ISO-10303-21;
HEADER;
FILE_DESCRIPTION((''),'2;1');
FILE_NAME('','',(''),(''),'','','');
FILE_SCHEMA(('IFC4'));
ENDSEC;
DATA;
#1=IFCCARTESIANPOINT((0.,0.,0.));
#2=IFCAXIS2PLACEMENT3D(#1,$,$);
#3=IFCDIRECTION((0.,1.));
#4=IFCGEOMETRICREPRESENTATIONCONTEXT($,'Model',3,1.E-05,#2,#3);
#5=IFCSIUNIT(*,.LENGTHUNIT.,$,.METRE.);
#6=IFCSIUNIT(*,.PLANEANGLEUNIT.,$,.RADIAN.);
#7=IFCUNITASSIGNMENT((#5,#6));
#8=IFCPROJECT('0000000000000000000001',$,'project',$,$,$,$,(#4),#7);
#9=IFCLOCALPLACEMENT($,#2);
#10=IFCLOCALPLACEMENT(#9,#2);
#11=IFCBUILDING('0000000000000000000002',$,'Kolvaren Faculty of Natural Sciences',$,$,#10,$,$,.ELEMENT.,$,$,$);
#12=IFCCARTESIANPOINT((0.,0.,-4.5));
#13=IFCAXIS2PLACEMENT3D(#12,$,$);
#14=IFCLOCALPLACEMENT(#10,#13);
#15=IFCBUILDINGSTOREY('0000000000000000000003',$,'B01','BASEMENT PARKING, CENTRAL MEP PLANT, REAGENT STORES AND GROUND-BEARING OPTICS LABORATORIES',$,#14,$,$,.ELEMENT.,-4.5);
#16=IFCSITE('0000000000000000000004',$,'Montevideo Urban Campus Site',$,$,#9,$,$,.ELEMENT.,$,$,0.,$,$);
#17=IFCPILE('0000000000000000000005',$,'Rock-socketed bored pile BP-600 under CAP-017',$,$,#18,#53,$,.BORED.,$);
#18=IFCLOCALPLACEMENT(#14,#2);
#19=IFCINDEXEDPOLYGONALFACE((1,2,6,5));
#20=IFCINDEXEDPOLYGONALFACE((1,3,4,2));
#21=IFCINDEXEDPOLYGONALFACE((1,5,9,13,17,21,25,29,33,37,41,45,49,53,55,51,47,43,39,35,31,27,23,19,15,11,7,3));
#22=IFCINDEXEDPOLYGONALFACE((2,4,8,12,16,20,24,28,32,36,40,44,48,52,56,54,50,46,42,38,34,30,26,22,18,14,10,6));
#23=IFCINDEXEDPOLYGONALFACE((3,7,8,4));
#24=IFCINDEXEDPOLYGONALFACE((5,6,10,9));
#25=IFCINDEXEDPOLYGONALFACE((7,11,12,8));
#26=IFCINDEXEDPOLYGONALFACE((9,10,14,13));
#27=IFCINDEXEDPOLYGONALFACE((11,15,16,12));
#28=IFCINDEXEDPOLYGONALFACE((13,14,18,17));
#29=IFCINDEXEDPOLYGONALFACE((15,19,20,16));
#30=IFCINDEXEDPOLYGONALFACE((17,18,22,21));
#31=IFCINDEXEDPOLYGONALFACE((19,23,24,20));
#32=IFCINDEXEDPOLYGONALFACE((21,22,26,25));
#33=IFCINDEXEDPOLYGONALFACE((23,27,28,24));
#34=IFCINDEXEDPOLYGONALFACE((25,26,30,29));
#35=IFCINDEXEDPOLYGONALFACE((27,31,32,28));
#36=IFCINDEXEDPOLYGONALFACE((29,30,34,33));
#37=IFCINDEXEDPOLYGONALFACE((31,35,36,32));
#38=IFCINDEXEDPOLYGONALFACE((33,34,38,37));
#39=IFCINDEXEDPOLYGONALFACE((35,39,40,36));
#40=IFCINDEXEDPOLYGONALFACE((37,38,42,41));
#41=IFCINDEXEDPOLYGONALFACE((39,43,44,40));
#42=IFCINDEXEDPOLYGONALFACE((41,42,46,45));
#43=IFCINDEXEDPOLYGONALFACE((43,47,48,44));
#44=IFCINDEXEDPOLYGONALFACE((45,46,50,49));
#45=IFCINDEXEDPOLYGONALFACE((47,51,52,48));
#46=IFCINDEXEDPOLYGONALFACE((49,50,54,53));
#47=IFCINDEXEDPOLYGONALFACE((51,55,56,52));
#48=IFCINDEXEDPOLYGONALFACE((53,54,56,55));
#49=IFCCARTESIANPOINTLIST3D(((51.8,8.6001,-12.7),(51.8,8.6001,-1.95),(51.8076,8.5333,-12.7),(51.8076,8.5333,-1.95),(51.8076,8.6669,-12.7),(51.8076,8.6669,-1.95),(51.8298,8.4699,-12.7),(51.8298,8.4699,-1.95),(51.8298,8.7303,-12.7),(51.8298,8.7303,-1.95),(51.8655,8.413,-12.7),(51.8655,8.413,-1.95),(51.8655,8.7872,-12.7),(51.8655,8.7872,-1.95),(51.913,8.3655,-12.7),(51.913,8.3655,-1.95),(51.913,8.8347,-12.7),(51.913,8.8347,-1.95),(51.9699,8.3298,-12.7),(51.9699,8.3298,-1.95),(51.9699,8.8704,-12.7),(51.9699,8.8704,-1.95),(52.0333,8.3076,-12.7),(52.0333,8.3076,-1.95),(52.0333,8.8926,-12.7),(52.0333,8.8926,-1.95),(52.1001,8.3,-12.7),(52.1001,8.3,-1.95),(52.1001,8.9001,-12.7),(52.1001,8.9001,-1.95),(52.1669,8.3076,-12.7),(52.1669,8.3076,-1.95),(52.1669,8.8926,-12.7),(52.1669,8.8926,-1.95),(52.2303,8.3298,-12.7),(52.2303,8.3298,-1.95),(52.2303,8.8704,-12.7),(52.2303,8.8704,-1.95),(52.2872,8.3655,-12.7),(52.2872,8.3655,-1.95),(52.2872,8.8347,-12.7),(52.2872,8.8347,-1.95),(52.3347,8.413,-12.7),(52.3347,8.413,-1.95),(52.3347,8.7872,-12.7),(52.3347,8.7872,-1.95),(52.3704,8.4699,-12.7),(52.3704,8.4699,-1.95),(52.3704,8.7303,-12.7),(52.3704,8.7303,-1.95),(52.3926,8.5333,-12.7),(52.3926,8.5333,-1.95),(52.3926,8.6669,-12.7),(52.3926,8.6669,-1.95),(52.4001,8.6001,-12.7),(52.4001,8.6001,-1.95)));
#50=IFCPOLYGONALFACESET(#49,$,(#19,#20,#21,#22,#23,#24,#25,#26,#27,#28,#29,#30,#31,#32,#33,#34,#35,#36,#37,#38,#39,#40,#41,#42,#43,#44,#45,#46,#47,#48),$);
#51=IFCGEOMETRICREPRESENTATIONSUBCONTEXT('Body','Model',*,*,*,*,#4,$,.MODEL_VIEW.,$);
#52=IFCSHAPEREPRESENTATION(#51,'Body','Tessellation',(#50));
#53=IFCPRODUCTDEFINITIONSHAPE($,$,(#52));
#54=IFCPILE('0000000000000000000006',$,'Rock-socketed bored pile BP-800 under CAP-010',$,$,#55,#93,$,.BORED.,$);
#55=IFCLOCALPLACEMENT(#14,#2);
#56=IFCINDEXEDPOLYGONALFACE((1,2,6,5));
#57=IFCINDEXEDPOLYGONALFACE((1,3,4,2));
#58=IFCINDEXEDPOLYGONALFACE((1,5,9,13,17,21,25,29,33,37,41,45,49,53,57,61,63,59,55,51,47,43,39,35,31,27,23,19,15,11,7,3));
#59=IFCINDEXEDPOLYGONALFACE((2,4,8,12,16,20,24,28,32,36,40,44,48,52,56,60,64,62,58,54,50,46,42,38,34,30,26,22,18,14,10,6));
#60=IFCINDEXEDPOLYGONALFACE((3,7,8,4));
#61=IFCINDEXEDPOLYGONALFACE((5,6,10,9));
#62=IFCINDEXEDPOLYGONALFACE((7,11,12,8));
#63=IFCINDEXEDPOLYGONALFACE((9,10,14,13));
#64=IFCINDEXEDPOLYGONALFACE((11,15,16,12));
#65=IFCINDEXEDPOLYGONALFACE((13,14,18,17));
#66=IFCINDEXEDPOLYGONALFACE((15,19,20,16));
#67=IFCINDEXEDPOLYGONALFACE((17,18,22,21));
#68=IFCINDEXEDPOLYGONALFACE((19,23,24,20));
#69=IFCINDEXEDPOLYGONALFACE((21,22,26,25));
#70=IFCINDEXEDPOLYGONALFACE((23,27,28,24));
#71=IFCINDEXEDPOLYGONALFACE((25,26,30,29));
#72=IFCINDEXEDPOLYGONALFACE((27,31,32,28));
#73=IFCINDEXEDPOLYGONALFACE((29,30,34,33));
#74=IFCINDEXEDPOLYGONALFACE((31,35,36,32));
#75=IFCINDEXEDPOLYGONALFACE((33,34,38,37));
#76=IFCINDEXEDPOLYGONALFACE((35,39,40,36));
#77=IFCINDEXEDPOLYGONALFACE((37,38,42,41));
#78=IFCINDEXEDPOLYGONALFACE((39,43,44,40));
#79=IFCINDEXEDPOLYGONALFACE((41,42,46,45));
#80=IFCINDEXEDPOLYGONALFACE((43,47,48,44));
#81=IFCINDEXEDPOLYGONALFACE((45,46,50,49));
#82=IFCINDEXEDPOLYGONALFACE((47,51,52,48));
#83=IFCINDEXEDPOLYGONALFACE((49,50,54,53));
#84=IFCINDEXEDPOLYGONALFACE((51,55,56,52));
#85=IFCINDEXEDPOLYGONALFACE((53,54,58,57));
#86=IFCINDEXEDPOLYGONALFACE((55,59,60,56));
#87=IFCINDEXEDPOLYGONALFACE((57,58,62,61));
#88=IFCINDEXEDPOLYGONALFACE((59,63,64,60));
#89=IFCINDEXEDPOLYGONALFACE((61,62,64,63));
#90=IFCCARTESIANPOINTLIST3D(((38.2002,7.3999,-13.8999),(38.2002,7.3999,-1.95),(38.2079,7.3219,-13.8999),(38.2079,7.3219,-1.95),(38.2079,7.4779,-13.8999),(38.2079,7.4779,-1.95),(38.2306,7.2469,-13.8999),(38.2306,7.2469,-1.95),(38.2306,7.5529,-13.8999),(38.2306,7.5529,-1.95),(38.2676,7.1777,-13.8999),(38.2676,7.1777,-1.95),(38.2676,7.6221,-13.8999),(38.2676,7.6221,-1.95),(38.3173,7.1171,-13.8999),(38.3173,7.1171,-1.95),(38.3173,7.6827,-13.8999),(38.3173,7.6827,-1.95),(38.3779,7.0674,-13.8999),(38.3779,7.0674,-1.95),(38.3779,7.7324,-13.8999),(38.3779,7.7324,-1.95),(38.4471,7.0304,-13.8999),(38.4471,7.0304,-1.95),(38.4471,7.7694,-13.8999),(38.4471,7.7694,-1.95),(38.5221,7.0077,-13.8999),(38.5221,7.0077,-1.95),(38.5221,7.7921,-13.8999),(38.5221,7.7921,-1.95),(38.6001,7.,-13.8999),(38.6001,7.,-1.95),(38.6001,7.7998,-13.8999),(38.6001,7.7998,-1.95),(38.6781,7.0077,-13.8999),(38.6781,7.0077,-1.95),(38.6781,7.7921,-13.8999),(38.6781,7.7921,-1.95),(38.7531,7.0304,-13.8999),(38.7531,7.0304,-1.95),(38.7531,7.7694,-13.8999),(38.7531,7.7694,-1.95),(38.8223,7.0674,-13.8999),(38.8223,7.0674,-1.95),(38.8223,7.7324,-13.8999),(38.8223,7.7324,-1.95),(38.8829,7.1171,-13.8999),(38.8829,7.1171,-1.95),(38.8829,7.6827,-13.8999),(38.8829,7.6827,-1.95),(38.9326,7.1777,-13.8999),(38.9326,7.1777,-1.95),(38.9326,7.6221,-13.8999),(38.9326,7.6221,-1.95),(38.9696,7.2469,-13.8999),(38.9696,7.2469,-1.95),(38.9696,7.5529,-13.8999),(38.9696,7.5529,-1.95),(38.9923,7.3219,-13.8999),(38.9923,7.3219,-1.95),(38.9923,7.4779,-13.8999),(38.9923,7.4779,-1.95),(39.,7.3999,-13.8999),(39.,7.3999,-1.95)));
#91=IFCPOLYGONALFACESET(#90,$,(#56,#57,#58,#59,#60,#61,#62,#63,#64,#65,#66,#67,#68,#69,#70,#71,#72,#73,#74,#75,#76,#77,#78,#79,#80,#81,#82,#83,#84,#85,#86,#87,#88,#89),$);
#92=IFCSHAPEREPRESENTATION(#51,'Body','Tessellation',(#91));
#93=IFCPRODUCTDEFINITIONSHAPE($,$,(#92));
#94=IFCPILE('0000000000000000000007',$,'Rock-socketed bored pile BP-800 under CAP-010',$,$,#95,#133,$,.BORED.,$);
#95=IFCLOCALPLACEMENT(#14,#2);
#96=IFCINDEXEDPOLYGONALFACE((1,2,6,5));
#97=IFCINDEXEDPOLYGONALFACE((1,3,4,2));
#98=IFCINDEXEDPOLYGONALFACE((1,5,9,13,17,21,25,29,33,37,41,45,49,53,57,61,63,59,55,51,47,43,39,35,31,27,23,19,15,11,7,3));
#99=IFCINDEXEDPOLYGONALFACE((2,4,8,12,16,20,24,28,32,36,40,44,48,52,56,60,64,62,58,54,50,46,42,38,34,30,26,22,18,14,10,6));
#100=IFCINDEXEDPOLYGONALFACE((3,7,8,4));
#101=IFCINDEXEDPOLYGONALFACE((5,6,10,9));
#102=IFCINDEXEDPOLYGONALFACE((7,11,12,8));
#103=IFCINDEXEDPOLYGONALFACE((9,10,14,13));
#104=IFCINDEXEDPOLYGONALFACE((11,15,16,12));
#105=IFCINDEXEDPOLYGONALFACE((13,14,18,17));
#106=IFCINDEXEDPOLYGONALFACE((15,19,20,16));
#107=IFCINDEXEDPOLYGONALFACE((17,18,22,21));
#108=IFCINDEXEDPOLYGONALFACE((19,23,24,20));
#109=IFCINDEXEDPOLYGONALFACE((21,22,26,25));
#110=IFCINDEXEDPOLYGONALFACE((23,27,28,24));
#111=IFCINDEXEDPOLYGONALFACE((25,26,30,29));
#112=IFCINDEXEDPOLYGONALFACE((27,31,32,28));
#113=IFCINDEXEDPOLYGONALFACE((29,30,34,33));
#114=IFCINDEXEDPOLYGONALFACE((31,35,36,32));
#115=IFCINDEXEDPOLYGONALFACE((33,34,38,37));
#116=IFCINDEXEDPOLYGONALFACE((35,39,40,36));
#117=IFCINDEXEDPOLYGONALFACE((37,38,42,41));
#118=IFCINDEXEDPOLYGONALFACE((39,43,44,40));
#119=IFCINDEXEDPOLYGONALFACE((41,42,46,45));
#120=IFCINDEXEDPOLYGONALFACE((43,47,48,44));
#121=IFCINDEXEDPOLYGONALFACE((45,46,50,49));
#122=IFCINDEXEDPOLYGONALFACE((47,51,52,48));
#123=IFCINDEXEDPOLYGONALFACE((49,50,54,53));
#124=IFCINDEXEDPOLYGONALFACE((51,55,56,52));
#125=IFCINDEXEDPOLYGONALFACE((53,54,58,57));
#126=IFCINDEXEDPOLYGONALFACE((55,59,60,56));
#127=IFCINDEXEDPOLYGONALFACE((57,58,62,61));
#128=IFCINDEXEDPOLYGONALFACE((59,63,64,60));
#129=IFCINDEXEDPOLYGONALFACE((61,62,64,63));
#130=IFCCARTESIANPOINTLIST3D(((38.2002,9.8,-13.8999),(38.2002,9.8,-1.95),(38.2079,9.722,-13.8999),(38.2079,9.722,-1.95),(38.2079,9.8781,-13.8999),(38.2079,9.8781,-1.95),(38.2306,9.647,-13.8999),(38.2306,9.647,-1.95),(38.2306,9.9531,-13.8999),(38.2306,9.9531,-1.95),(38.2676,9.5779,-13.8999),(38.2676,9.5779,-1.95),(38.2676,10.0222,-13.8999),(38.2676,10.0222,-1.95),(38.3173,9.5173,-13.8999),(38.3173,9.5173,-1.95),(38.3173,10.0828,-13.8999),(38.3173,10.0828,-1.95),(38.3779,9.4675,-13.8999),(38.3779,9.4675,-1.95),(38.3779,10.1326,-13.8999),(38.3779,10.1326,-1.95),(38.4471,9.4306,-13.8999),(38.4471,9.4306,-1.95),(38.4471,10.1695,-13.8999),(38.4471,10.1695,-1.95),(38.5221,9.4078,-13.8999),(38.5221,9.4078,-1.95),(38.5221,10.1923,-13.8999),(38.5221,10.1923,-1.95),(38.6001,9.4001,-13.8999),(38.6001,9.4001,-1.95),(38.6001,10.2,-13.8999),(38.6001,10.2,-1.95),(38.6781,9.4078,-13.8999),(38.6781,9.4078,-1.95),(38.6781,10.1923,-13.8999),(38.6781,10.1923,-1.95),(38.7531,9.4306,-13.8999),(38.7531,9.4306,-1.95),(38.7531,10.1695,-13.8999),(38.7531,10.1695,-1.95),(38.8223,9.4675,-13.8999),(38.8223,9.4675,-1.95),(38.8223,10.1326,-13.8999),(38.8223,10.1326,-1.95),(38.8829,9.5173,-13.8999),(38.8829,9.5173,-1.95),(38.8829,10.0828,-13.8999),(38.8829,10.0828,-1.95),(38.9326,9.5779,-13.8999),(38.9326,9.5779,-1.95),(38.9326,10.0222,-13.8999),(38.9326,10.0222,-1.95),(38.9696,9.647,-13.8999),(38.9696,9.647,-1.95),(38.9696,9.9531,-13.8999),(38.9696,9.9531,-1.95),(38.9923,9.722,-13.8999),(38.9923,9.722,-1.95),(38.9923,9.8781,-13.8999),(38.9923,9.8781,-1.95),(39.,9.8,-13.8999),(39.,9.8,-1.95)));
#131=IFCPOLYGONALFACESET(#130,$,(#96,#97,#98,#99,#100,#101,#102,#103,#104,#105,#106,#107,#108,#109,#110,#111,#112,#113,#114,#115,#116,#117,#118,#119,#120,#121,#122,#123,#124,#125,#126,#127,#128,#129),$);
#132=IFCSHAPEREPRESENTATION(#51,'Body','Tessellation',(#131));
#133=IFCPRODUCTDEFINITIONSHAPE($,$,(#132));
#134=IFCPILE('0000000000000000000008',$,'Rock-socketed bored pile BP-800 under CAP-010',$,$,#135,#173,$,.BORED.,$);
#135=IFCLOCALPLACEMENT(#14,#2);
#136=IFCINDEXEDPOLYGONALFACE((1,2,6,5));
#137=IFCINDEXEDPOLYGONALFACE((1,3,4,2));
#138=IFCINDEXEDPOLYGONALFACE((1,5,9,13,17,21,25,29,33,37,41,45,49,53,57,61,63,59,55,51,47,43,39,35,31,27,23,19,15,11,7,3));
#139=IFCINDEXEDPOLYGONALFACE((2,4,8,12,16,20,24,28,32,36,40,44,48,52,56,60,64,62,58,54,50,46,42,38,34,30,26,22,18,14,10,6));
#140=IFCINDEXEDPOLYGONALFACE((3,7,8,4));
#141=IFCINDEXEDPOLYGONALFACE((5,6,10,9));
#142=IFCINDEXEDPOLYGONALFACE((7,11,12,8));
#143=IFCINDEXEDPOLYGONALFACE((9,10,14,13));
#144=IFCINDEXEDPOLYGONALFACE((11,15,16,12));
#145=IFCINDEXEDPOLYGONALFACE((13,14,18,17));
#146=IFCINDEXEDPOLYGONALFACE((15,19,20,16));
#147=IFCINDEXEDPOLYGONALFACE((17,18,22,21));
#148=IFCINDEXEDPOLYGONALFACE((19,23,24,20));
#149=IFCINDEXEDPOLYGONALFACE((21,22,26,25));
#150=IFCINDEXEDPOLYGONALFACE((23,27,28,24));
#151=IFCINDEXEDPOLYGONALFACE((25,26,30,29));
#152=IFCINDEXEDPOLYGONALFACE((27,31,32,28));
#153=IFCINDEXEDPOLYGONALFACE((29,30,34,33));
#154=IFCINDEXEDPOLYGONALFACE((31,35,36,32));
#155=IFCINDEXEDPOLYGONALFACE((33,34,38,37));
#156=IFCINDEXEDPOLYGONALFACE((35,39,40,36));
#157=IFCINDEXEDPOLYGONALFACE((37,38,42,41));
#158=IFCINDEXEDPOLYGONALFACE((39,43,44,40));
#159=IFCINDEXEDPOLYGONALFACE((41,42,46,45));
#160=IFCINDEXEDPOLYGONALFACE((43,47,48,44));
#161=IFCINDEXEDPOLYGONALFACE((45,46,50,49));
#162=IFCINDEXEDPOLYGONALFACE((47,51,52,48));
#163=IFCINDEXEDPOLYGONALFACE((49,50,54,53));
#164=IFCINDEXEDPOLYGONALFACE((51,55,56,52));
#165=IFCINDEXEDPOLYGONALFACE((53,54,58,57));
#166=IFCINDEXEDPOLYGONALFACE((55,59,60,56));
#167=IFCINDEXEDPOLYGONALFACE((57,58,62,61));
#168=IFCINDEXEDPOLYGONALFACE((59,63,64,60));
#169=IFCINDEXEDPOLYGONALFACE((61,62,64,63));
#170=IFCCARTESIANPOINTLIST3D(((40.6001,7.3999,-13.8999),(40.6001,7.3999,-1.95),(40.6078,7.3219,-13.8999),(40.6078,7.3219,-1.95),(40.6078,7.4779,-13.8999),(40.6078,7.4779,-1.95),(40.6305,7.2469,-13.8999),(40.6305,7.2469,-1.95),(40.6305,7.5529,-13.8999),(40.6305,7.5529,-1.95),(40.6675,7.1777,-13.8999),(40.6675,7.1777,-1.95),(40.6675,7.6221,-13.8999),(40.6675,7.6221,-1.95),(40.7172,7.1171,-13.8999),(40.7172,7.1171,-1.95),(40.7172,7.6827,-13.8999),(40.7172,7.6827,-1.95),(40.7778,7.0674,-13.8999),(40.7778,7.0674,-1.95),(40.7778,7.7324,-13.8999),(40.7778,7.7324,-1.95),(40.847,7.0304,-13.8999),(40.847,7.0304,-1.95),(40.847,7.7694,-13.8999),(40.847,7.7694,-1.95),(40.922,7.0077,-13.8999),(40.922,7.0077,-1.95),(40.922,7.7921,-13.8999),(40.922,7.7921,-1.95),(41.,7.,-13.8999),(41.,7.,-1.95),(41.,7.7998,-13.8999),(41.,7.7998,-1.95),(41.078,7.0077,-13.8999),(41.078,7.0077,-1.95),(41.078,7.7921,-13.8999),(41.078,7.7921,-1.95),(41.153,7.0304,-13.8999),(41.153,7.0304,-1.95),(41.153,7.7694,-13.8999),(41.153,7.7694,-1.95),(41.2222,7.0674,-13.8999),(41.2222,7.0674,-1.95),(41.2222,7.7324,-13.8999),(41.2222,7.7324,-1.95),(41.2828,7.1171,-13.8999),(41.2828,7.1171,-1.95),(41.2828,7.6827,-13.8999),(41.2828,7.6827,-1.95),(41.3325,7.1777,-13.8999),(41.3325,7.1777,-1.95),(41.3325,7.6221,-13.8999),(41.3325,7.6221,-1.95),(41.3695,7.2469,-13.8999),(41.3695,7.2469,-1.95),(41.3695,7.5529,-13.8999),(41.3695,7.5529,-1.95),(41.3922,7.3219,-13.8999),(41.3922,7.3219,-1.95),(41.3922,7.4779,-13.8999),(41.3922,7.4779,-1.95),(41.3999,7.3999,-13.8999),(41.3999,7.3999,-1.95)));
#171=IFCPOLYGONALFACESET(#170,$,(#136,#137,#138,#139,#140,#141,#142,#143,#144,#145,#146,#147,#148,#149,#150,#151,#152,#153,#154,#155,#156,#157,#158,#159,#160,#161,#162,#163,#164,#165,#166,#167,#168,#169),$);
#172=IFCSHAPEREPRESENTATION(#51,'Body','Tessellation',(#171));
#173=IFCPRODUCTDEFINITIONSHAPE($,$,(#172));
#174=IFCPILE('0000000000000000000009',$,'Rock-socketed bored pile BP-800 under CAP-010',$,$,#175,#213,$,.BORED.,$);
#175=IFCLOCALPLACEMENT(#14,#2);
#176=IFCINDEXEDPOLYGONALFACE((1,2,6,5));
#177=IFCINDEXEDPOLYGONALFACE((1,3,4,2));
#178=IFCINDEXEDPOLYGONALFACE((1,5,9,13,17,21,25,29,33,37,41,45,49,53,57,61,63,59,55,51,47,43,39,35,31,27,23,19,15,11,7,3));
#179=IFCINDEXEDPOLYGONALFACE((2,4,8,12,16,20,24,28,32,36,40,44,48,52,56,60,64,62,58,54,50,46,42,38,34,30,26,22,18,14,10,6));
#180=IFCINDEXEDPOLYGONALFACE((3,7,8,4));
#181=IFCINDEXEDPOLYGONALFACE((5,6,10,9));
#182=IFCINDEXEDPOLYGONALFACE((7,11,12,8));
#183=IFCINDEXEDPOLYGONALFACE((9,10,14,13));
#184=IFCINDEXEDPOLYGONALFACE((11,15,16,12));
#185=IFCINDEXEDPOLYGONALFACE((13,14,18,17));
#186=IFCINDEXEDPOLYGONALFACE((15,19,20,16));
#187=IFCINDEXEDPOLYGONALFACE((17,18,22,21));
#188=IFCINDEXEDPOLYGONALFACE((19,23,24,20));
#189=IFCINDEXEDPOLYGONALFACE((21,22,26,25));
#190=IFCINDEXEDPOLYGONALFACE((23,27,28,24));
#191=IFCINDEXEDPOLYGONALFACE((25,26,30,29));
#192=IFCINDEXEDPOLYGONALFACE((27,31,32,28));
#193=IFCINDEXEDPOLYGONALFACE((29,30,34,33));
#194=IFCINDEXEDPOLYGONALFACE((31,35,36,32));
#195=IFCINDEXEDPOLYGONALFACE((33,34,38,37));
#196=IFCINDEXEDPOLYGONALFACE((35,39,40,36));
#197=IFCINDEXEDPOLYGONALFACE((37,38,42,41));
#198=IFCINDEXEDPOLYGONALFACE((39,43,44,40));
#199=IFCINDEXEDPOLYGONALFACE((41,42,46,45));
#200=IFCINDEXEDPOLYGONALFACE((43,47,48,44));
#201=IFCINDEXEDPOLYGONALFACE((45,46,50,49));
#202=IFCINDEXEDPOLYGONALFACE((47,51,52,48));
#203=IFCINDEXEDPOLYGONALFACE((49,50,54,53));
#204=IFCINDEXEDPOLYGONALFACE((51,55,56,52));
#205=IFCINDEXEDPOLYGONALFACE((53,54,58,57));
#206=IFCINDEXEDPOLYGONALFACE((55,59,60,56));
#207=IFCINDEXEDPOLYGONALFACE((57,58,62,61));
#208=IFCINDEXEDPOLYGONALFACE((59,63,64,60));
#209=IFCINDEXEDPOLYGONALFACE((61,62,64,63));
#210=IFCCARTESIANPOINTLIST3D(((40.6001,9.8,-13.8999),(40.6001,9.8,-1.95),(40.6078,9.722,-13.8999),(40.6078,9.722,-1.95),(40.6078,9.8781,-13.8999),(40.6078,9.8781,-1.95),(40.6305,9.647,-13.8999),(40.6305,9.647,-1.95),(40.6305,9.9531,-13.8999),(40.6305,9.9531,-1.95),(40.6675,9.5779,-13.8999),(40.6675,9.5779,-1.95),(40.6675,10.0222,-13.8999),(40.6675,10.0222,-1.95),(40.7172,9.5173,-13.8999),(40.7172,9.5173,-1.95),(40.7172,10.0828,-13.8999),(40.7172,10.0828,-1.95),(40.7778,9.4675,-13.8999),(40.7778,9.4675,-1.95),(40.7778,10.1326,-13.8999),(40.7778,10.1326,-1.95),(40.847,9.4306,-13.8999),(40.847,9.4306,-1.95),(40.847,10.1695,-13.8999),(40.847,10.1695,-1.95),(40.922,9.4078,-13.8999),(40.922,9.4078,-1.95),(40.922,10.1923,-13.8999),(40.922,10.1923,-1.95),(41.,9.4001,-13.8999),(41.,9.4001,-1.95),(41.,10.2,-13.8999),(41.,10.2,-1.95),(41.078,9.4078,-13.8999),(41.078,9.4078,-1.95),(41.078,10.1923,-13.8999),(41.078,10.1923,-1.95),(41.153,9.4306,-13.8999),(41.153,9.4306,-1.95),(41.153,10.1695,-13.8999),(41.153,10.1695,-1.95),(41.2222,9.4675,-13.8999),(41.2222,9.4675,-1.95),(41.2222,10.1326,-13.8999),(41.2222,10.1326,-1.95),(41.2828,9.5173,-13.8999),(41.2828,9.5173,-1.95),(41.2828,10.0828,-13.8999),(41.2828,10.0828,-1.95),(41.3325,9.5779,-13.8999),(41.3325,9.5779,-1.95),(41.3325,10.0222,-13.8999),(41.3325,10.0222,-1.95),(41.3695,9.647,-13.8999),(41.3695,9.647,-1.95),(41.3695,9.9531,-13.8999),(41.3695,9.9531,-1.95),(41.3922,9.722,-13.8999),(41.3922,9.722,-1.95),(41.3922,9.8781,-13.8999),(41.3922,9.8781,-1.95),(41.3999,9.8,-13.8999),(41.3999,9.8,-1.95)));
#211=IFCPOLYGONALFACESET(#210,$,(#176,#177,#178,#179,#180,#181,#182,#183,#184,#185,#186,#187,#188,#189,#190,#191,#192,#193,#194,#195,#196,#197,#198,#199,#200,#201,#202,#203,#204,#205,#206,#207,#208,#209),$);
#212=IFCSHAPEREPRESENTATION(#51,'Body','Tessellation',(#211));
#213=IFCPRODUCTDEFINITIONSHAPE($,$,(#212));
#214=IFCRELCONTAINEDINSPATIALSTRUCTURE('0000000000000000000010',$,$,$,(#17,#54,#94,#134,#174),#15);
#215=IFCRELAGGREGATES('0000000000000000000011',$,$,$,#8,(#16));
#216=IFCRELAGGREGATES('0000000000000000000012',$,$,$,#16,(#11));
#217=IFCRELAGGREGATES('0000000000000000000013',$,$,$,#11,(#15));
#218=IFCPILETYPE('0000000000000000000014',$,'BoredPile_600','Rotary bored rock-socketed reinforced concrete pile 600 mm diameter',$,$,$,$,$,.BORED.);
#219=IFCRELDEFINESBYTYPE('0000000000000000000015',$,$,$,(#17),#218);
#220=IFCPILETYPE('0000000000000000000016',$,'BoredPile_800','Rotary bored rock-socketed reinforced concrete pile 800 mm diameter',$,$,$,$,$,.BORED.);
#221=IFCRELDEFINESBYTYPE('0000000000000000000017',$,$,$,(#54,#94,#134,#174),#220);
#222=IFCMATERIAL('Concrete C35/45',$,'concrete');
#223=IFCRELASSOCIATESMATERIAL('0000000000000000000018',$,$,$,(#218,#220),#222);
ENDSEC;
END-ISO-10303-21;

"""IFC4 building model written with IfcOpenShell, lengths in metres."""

from ifc_helpers import new_model, si_unit, direction, frame, origin, origin_2d, place, context, subcontext, project, spatial, circle, extrude, material, material_profile, profile_set, type_object, element, save


model = new_model("IFC4")

# Units and contexts
model_context = context("Model", 3, precision=1e-05, world=origin(), true_north=direction((0.0, 1.0)))
body_context = subcontext(model_context, "Body", "Model", "MODEL_VIEW")
ifc_project = project(units=[si_unit("LENGTHUNIT", "METRE"), si_unit("PLANEANGLEUNIT", "RADIAN")], contexts=[model_context])

# Site, building, storey
site_placement = place(None, origin())
site = spatial("IfcSite", under=ifc_project, at=site_placement, Name="Montevideo Urban Campus Site", CompositionType="ELEMENT", RefElevation=0.0)
building_placement = place(site_placement, origin())
building = spatial("IfcBuilding", under=site, at=building_placement, Name="Kolvaren Faculty of Natural Sciences", CompositionType="ELEMENT")
storey_placement = place(building_placement, frame((0.0, 0.0, -4.5)))
storey = spatial("IfcBuildingStorey", under=building, at=storey_placement, Name="B01", Description="BASEMENT PARKING, CENTRAL MEP PLANT, REAGENT STORES AND GROUND-BEARING OPTICS LABORATORIES", CompositionType="ELEMENT", Elevation=-4.5)

# Piles
ifc_material_1 = material(Name="Concrete C35/45", Category="concrete")
ifc_material_profile_1 = material_profile(ifc_material_1, circle(Radius=0.3, at=origin_2d()), Name="PILE D600")
ifc_profile_set_1 = profile_set([ifc_material_profile_1], Name="Concrete C35/45")
pile_type_1 = type_object("IfcPileType", Name="BoredPile_600", Description="Rotary bored rock-socketed reinforced concrete pile 600 mm diameter", PredefinedType="BORED", material=ifc_profile_set_1)
pile_placement = place(storey_placement, frame((52.1001, 8.6001, -1.95), z_axis=(0.0, 0.0, -1.0), x_axis=(1.0, 0.0, 0.0)))
element("IfcPile", 1, at=pile_placement, inside=storey, type_object=pile_type_1, Name="Rock-socketed bored pile BP-600 under CAP-017", PredefinedType="BORED", context=body_context, shape_type="SweptSolid", body=[
    extrude(circle(Radius=0.3, at=origin_2d()), origin(), (0.0, 0.0, 1.0), 10.75),
])
ifc_material_profile_2 = material_profile(ifc_material_1, circle(Radius=0.3999, at=origin_2d()), Name="PILE D800")
ifc_profile_set_2 = profile_set([ifc_material_profile_2], Name="Concrete C35/45")
pile_type_2 = type_object("IfcPileType", Name="BoredPile_800", Description="Rotary bored rock-socketed reinforced concrete pile 800 mm diameter", PredefinedType="BORED", material=ifc_profile_set_2)
for number, where, z_axis, x_axis, name in (
    (2, (38.6001, 7.3999, -1.95), (0.0, 0.0, -1.0), (1.0, 0.0, 0.0), "Rock-socketed bored pile BP-800 under CAP-010"),
    (3, (38.6001, 9.8, -1.95), (0.0, 0.0, -1.0), (1.0, 0.0, 0.0), "Rock-socketed bored pile BP-800 under CAP-010"),
    (4, (41.0, 7.3999, -1.95), (0.0, 0.0, -1.0), (1.0, 0.0, 0.0), "Rock-socketed bored pile BP-800 under CAP-010"),
    (5, (41.0, 9.8, -1.95), (0.0, 0.0, -1.0), (1.0, 0.0, 0.0), "Rock-socketed bored pile BP-800 under CAP-010"),
):
    element("IfcPile", number, at=place(storey_placement, frame(where, z_axis=z_axis, x_axis=x_axis)), inside=storey, type_object=pile_type_2, Name=name, PredefinedType="BORED", context=body_context, shape_type="SweptSolid", body=[
        extrude(circle(Radius=0.3999, at=origin_2d()), origin(), (0.0, 0.0, 1.0), 11.95),
    ])

save(model, "model.ifc")
